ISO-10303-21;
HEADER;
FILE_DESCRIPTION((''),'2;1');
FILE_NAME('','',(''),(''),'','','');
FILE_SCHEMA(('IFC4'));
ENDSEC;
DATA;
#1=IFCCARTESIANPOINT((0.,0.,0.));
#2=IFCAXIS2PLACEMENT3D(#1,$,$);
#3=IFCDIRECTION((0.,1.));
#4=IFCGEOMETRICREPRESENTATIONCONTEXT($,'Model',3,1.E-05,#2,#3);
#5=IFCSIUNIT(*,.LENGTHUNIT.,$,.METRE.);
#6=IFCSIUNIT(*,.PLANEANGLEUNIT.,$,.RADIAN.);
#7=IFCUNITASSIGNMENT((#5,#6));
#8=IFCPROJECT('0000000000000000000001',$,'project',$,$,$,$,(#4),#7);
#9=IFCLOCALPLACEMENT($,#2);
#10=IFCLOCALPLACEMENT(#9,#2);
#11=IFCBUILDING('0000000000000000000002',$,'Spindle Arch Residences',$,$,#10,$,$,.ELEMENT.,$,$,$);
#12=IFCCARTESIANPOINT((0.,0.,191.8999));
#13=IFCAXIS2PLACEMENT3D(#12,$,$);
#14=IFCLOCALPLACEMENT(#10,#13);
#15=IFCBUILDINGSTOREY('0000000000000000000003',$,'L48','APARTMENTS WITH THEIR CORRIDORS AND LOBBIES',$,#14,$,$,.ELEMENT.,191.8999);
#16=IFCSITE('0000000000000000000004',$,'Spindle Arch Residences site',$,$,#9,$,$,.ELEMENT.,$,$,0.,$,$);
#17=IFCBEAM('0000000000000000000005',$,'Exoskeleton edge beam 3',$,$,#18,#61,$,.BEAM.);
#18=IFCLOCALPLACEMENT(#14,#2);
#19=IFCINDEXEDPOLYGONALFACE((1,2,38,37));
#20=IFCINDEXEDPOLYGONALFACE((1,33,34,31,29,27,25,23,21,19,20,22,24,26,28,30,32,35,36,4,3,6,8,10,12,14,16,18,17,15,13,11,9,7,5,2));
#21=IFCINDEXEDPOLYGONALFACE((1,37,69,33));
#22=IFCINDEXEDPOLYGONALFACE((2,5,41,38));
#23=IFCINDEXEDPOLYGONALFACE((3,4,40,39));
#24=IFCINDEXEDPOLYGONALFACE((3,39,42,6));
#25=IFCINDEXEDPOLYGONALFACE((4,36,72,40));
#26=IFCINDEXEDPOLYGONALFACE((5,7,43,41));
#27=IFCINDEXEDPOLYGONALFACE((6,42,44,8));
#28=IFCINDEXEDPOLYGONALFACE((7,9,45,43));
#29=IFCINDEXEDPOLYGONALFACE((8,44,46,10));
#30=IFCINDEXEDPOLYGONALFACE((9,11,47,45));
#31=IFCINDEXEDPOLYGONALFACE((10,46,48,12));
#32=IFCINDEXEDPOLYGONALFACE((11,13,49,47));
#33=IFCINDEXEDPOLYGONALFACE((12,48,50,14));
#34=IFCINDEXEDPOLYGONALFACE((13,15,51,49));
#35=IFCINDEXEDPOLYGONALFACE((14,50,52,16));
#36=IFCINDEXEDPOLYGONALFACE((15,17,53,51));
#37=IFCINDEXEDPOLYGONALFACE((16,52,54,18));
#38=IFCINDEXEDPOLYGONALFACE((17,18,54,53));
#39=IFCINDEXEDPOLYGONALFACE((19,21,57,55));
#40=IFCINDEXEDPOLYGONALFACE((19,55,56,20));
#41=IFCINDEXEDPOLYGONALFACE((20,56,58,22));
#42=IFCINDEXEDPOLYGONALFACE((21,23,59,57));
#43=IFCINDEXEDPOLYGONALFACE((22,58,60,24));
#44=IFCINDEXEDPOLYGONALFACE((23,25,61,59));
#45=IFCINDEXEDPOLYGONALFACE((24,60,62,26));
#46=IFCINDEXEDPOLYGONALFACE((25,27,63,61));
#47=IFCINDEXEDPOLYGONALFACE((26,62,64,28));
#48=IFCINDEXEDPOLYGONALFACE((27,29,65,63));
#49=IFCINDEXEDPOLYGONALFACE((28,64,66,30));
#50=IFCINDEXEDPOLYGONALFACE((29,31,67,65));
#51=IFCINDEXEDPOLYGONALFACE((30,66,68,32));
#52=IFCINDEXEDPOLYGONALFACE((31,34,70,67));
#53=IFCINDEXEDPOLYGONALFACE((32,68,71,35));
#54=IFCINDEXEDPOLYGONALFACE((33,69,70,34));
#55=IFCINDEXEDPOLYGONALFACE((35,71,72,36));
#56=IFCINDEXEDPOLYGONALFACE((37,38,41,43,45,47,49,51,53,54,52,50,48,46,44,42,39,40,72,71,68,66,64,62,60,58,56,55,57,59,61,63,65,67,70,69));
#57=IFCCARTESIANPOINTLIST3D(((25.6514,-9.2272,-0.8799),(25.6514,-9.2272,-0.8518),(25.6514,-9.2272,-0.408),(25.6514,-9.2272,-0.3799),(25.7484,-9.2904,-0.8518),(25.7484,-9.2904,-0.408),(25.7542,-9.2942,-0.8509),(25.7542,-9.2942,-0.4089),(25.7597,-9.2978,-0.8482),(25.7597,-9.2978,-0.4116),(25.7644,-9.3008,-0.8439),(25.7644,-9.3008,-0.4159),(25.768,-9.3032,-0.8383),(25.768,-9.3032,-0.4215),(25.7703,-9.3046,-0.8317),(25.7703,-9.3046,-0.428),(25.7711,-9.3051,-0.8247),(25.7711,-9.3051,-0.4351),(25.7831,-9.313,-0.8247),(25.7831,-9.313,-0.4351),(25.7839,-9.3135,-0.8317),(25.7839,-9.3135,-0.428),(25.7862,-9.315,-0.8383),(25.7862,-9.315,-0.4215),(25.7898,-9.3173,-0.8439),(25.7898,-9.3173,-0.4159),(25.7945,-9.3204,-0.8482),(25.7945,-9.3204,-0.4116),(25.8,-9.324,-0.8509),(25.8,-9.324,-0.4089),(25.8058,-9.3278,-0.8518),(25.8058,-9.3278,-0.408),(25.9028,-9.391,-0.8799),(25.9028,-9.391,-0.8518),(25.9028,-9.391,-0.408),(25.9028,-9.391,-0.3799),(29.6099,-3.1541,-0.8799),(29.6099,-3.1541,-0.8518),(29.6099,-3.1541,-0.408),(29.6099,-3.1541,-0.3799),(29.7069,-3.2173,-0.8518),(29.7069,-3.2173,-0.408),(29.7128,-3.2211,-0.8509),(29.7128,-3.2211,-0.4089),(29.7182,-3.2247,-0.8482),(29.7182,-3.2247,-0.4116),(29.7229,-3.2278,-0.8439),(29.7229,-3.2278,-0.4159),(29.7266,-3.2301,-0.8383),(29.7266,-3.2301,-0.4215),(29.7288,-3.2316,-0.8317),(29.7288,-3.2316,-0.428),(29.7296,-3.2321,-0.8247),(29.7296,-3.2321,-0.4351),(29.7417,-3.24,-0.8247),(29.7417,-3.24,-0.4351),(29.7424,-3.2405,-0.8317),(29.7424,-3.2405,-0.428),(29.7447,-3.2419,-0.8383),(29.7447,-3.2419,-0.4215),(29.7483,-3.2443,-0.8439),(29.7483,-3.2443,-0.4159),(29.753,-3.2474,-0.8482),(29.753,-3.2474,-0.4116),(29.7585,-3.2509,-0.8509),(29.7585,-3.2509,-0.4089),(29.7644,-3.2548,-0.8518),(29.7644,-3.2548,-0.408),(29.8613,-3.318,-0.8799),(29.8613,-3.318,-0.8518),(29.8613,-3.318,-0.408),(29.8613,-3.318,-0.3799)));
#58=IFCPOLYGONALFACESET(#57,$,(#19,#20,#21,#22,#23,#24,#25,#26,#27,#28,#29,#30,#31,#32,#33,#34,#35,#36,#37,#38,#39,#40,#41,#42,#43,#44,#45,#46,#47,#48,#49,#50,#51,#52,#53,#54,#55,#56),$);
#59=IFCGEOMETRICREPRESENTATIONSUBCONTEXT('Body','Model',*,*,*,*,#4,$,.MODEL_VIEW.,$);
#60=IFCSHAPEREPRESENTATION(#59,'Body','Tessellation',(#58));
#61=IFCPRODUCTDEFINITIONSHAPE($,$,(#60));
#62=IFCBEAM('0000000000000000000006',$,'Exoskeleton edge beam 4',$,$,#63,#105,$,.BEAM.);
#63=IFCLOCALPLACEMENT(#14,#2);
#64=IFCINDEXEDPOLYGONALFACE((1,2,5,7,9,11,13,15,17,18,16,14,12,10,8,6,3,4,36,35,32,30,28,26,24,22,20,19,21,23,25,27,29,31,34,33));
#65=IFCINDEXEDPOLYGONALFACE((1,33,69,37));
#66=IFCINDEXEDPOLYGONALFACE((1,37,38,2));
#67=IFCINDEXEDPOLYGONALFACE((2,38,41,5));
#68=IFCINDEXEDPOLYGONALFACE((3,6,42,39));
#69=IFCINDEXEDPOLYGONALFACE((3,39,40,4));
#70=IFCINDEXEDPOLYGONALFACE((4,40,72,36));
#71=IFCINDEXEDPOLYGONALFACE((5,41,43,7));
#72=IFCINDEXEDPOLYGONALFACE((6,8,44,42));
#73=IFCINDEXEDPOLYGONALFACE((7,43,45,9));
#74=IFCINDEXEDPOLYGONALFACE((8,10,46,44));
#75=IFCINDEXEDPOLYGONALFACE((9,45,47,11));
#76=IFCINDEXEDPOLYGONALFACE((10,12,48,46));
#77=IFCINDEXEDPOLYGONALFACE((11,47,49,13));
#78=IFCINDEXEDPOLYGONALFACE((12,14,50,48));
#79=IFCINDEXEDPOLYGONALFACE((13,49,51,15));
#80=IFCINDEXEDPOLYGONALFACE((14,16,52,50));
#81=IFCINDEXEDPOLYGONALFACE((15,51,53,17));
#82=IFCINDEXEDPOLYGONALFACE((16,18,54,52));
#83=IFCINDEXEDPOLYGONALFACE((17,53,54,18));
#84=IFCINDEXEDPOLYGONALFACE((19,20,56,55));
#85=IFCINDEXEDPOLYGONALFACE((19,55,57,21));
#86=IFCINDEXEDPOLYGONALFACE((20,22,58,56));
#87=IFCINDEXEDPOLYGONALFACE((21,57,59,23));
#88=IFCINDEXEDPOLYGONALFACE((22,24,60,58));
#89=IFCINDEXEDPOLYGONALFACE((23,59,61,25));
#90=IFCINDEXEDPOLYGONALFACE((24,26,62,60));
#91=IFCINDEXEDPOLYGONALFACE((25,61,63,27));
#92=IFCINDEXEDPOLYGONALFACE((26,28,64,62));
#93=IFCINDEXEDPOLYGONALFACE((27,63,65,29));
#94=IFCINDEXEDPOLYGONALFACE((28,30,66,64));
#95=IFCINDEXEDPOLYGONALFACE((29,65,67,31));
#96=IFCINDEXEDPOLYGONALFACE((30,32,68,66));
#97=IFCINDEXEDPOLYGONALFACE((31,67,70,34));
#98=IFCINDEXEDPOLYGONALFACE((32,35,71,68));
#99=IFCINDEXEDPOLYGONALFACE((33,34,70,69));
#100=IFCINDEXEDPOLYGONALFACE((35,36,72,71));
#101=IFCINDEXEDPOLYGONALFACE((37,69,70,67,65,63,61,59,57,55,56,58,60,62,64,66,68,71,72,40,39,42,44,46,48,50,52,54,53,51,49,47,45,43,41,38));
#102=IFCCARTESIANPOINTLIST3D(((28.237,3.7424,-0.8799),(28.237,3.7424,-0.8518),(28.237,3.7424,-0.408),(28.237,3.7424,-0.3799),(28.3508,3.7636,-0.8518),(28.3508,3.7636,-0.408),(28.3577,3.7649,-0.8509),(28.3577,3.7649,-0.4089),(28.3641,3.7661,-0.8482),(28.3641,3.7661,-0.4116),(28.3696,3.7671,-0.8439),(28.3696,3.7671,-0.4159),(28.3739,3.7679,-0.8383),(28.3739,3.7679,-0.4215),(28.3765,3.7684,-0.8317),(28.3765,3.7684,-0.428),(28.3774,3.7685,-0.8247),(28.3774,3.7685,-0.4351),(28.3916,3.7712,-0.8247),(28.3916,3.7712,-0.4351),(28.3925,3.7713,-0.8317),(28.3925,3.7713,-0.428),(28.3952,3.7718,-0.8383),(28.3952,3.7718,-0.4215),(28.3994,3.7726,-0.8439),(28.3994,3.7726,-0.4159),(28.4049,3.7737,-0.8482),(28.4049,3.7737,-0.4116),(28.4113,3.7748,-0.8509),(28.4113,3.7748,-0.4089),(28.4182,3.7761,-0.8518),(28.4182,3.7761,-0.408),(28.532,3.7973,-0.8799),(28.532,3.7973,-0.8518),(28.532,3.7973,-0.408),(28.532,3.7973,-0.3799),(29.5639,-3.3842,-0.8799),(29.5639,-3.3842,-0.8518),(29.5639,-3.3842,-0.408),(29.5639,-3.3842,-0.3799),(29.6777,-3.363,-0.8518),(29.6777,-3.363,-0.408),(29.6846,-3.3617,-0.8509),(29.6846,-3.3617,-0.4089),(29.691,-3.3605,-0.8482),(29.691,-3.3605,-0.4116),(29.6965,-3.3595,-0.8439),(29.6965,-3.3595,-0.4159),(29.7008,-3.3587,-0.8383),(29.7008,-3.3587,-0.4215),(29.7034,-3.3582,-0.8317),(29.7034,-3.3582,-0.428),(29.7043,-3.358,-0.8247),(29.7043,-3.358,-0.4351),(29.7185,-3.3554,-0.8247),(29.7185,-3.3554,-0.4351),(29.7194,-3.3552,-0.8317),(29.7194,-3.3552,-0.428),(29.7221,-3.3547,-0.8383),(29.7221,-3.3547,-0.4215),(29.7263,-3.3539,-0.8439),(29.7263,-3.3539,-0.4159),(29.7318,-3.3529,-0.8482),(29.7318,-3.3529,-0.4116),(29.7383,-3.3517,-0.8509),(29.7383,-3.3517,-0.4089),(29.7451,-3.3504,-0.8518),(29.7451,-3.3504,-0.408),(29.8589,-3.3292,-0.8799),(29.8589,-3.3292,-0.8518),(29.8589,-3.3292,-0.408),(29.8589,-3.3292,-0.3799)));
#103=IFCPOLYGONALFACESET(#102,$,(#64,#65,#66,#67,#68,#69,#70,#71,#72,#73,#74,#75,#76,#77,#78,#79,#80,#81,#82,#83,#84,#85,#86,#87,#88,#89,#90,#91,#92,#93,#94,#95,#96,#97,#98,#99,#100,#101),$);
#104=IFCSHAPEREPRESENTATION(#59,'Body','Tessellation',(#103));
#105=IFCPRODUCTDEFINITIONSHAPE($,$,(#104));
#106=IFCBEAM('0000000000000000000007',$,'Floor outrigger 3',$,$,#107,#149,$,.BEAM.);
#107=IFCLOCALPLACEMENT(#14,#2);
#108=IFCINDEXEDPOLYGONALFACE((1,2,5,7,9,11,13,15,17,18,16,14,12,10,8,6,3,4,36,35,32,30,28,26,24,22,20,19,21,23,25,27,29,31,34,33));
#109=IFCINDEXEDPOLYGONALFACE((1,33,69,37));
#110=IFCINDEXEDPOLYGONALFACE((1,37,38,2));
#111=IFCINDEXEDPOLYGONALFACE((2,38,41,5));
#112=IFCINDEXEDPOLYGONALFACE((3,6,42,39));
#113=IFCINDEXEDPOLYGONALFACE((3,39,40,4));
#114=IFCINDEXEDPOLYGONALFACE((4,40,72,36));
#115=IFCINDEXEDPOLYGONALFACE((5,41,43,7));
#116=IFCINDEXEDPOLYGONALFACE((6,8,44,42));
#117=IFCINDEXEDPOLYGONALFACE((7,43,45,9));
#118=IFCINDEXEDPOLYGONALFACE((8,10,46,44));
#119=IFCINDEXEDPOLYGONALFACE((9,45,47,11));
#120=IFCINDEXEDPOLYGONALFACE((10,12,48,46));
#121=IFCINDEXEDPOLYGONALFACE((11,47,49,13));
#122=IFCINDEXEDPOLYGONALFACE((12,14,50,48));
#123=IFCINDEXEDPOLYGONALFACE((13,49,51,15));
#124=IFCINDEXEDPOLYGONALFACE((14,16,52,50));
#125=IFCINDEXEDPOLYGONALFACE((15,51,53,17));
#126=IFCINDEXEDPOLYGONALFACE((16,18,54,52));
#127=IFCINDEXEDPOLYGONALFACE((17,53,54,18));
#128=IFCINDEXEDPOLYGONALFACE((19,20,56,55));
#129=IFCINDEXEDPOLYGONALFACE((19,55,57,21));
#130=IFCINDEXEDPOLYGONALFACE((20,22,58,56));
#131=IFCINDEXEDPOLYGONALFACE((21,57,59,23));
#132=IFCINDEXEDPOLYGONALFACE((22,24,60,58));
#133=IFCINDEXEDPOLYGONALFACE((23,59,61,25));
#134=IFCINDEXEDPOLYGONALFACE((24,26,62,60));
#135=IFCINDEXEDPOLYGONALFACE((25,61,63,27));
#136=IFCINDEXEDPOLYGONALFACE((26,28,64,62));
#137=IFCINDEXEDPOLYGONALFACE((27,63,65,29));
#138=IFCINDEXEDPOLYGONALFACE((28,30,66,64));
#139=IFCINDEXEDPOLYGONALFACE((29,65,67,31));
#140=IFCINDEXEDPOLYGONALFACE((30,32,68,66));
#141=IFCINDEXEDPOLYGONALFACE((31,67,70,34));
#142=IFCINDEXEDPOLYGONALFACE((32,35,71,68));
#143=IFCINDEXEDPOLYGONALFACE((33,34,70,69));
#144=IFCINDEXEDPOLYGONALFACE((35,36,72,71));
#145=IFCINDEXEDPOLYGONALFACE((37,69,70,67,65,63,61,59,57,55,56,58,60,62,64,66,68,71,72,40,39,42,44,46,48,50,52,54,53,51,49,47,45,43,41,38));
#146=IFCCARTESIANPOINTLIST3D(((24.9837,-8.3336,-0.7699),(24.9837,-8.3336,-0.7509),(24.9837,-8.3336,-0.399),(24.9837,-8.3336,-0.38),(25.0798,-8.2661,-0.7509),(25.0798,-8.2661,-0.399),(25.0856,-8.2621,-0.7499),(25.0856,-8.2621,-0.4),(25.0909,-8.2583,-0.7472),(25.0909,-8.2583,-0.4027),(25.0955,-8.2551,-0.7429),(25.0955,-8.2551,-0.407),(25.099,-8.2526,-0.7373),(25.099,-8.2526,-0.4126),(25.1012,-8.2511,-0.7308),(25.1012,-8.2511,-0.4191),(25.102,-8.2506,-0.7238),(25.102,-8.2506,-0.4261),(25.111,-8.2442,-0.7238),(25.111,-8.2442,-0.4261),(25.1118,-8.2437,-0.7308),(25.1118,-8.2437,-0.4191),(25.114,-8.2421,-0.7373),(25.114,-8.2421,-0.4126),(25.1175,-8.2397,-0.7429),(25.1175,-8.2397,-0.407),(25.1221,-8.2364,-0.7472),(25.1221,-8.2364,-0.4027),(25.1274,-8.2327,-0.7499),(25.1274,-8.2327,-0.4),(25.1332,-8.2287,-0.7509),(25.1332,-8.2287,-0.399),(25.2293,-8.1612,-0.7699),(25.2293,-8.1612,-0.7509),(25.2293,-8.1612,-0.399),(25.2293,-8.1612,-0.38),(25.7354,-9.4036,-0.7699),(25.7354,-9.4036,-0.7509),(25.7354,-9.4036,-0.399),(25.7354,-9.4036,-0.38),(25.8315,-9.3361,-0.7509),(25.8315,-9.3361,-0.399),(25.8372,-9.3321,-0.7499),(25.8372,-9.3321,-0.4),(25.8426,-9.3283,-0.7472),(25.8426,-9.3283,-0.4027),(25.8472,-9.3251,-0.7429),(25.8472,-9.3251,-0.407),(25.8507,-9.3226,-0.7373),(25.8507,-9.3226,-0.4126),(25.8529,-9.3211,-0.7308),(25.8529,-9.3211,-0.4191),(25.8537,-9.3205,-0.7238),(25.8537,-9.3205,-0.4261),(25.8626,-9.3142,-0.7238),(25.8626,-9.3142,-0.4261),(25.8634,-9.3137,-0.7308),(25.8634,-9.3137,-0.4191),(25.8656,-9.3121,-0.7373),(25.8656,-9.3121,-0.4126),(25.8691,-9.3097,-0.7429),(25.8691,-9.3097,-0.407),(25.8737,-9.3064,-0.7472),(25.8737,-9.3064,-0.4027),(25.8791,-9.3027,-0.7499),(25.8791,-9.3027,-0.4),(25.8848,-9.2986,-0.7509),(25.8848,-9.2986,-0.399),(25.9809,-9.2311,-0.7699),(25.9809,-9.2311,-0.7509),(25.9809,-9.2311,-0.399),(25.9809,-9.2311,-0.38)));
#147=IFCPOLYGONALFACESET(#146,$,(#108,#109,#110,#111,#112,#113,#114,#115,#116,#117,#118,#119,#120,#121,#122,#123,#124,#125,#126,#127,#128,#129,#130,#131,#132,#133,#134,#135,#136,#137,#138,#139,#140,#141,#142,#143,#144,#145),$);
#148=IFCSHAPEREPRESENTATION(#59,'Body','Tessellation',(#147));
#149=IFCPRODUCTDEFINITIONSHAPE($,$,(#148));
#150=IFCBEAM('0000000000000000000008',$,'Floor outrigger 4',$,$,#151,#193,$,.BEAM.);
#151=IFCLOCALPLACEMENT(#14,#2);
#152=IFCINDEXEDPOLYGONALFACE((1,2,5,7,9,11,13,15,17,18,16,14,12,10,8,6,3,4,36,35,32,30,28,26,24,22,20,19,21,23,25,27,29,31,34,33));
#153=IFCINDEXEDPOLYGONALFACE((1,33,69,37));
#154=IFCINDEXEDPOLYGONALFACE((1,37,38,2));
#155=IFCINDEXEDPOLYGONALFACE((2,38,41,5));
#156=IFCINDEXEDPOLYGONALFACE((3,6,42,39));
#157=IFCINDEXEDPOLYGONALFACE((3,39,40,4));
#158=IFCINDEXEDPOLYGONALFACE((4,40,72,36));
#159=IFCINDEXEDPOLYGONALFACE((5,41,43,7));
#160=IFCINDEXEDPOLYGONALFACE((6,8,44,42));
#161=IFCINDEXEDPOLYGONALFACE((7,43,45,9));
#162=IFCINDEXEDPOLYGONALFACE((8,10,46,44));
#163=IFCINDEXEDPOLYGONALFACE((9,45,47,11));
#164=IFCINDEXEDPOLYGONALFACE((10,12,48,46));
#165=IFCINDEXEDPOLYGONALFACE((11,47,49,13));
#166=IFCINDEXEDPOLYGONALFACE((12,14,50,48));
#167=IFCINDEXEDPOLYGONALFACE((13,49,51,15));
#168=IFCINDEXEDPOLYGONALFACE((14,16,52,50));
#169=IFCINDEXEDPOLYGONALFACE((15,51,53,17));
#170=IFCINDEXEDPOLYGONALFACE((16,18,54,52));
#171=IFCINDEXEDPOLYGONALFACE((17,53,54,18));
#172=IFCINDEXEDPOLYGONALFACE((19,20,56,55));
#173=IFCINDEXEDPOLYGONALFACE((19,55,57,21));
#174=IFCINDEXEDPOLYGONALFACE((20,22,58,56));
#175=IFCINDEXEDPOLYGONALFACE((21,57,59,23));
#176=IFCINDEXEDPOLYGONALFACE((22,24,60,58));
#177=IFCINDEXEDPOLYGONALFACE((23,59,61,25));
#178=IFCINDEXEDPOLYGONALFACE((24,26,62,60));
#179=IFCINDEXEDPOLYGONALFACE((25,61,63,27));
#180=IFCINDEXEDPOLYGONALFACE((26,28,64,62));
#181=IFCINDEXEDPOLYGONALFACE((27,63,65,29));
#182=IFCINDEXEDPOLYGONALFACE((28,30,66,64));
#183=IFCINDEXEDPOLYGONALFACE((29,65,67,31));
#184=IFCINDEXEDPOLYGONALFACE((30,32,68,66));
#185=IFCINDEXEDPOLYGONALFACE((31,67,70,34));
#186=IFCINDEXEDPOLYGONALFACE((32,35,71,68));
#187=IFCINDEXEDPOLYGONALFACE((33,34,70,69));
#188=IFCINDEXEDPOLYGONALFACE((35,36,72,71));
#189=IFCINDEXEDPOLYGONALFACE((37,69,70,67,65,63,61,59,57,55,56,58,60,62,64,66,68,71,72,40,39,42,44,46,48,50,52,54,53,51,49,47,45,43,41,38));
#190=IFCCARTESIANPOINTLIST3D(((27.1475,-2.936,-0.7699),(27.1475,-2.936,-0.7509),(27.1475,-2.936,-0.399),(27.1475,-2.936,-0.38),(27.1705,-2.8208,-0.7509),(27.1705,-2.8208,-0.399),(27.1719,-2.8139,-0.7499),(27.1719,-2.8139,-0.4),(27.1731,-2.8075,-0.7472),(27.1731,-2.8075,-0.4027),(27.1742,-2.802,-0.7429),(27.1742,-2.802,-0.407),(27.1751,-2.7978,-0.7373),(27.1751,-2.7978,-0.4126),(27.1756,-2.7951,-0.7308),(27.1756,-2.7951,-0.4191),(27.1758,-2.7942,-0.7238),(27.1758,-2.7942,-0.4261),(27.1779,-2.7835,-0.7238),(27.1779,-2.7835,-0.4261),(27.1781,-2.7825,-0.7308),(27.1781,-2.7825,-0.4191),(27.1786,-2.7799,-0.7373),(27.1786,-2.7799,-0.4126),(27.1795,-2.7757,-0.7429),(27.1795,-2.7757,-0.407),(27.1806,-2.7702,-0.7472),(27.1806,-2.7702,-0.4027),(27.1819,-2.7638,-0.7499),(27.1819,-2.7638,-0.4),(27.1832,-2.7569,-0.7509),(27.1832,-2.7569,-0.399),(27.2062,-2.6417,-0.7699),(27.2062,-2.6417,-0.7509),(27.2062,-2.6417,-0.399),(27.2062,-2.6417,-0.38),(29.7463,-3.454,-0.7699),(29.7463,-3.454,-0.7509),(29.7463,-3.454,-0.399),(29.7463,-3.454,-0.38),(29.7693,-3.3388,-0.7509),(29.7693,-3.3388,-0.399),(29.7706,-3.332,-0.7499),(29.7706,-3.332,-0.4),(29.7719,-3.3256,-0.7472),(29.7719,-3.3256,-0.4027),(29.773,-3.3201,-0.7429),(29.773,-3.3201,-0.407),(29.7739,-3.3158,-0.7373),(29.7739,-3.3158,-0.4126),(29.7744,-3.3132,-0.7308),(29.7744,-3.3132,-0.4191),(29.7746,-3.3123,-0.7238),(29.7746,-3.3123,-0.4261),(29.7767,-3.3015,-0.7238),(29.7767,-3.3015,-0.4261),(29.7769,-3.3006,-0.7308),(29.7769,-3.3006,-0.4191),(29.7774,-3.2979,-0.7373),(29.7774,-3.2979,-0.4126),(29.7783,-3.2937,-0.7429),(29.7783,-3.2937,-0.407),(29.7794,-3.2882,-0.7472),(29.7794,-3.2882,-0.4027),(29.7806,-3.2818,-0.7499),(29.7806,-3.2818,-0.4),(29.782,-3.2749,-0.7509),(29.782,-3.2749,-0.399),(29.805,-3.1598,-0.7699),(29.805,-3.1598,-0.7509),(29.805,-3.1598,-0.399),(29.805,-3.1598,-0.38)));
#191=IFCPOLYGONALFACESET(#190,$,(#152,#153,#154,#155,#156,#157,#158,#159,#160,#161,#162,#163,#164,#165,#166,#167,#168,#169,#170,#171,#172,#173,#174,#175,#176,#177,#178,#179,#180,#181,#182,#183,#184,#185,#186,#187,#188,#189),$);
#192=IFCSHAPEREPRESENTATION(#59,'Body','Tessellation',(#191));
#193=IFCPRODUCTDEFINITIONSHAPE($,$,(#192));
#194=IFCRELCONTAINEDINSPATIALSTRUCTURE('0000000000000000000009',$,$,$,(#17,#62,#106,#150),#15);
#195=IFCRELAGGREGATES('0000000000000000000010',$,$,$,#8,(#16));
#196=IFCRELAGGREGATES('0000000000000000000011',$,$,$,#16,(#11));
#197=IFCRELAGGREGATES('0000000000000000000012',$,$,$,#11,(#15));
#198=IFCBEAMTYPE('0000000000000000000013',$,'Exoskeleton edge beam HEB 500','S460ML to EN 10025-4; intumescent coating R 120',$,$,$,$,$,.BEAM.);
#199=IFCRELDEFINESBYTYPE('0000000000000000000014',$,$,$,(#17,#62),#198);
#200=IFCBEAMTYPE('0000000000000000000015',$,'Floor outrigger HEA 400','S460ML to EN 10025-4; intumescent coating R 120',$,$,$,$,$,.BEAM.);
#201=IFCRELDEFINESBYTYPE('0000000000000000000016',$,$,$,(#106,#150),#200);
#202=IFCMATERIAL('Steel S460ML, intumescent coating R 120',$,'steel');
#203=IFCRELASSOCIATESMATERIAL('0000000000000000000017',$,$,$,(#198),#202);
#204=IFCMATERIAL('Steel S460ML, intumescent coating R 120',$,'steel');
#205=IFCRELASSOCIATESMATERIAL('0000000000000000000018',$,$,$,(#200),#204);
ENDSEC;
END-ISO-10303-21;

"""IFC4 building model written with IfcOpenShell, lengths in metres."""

from ifc_helpers import new_model, si_unit, direction, frame, origin, origin_2d, place, context, subcontext, project, spatial, i_section, extrude, material, material_profile, profile_set, type_object, element, save


model = new_model("IFC4")

# Units and contexts
model_context = context("Model", 3, precision=1e-05, world=origin(), true_north=direction((0.0, 1.0)))
body_context = subcontext(model_context, "Body", "Model", "MODEL_VIEW")
ifc_project = project(units=[si_unit("LENGTHUNIT", "METRE"), si_unit("PLANEANGLEUNIT", "RADIAN")], contexts=[model_context])

# Site, building, storey
site_placement = place(None, origin())
site = spatial("IfcSite", under=ifc_project, at=site_placement, Name="Spindle Arch Residences site", CompositionType="ELEMENT", RefElevation=0.0)
building_placement = place(site_placement, origin())
building = spatial("IfcBuilding", under=site, at=building_placement, Name="Spindle Arch Residences", CompositionType="ELEMENT")
storey_placement = place(building_placement, frame((0.0, 0.0, 191.8999)))
storey = spatial("IfcBuildingStorey", under=building, at=storey_placement, Name="L48", Description="APARTMENTS WITH THEIR CORRIDORS AND LOBBIES", CompositionType="ELEMENT", Elevation=191.8999)

# Beams
ifc_material_1 = material(Name="Steel S460ML, intumescent coating R 120", Category="steel")
ifc_material_profile_1 = material_profile(ifc_material_1, i_section(OverallWidth=0.3, OverallDepth=0.5, WebThickness=0.0144, FlangeThickness=0.0281, FilletRadius=0.0271, at=origin_2d()), Name="HEB 500")
ifc_profile_set_1 = profile_set([ifc_material_profile_1], Name="Steel S460ML, intumescent coating R 120")
beam_type_1 = type_object("IfcBeamType", Name="Exoskeleton edge beam HEB 500", Description="S460ML to EN 10025-4; intumescent coating R 120", PredefinedType="BEAM", material=ifc_profile_set_1)
beam_1_placement = place(storey_placement, frame((25.7771, -9.3091, -0.6299), z_axis=(0.546059, 0.837747, 0.0), x_axis=(-0.837747, 0.546059, 0.0)))
element("IfcBeam", 1, at=beam_1_placement, inside=storey, type_object=beam_type_1, Name="Exoskeleton edge beam 3", PredefinedType="BEAM", context=body_context, shape_type="SweptSolid", body=[
    extrude(i_section(OverallWidth=0.3, OverallDepth=0.5, WebThickness=0.0144, FlangeThickness=0.0281, FilletRadius=0.0271, at=origin_2d()), origin(), (0.0, 0.0, 1.0), 7.2493),
])
beam_2_placement = place(storey_placement, frame((29.7114, -3.3567, -0.6299), z_axis=(-0.183048, 0.983104, 0.0), x_axis=(-0.983104, -0.183048, 0.0)))
element("IfcBeam", 2, at=beam_2_placement, inside=storey, type_object=beam_type_1, Name="Exoskeleton edge beam 4", PredefinedType="BEAM", context=body_context, shape_type="SweptSolid", body=[
    extrude(i_section(OverallWidth=0.3, OverallDepth=0.5, WebThickness=0.0144, FlangeThickness=0.0281, FilletRadius=0.0271, at=origin_2d()), origin(), (0.0, 0.0, 1.0), 7.249),
])
ifc_material_2 = material(Name="Steel S460ML, intumescent coating R 120", Category="steel")
ifc_material_profile_2 = material_profile(ifc_material_2, i_section(OverallWidth=0.3, OverallDepth=0.3899, WebThickness=0.011, FlangeThickness=0.019, FilletRadius=0.0271, at=origin_2d()), Name="HEA 400")
ifc_profile_set_2 = profile_set([ifc_material_profile_2], Name="Steel S460ML, intumescent coating R 120")
beam_type_2 = type_object("IfcBeamType", Name="Floor outrigger HEA 400", Description="S460ML to EN 10025-4; intumescent coating R 120", PredefinedType="BEAM", material=ifc_profile_set_2)
beam_3_placement = place(storey_placement, frame((25.8582, -9.3174, -0.575), z_axis=(-0.574827, 0.818275, 0.0), x_axis=(-0.818275, -0.574827, 0.0)))
element("IfcBeam", 3, at=beam_3_placement, inside=storey, type_object=beam_type_2, Name="Floor outrigger 3", PredefinedType="BEAM", context=body_context, shape_type="SweptSolid", body=[
    extrude(i_section(OverallWidth=0.3, OverallDepth=0.3899, WebThickness=0.011, FlangeThickness=0.019, FilletRadius=0.0271, at=origin_2d()), origin(), (0.0, 0.0, 1.0), 1.3076),
])
beam_4_placement = place(storey_placement, frame((29.7756, -3.3069, -0.575), z_axis=(-0.980704, 0.195496, 0.0), x_axis=(-0.195496, -0.980704, 0.0)))
element("IfcBeam", 4, at=beam_4_placement, inside=storey, type_object=beam_type_2, Name="Floor outrigger 4", PredefinedType="BEAM", context=body_context, shape_type="SweptSolid", body=[
    extrude(i_section(OverallWidth=0.3, OverallDepth=0.3899, WebThickness=0.011, FlangeThickness=0.019, FilletRadius=0.0271, at=origin_2d()), origin(), (0.0, 0.0, 1.0), 2.6499),
])

save(model, "model.ifc")
